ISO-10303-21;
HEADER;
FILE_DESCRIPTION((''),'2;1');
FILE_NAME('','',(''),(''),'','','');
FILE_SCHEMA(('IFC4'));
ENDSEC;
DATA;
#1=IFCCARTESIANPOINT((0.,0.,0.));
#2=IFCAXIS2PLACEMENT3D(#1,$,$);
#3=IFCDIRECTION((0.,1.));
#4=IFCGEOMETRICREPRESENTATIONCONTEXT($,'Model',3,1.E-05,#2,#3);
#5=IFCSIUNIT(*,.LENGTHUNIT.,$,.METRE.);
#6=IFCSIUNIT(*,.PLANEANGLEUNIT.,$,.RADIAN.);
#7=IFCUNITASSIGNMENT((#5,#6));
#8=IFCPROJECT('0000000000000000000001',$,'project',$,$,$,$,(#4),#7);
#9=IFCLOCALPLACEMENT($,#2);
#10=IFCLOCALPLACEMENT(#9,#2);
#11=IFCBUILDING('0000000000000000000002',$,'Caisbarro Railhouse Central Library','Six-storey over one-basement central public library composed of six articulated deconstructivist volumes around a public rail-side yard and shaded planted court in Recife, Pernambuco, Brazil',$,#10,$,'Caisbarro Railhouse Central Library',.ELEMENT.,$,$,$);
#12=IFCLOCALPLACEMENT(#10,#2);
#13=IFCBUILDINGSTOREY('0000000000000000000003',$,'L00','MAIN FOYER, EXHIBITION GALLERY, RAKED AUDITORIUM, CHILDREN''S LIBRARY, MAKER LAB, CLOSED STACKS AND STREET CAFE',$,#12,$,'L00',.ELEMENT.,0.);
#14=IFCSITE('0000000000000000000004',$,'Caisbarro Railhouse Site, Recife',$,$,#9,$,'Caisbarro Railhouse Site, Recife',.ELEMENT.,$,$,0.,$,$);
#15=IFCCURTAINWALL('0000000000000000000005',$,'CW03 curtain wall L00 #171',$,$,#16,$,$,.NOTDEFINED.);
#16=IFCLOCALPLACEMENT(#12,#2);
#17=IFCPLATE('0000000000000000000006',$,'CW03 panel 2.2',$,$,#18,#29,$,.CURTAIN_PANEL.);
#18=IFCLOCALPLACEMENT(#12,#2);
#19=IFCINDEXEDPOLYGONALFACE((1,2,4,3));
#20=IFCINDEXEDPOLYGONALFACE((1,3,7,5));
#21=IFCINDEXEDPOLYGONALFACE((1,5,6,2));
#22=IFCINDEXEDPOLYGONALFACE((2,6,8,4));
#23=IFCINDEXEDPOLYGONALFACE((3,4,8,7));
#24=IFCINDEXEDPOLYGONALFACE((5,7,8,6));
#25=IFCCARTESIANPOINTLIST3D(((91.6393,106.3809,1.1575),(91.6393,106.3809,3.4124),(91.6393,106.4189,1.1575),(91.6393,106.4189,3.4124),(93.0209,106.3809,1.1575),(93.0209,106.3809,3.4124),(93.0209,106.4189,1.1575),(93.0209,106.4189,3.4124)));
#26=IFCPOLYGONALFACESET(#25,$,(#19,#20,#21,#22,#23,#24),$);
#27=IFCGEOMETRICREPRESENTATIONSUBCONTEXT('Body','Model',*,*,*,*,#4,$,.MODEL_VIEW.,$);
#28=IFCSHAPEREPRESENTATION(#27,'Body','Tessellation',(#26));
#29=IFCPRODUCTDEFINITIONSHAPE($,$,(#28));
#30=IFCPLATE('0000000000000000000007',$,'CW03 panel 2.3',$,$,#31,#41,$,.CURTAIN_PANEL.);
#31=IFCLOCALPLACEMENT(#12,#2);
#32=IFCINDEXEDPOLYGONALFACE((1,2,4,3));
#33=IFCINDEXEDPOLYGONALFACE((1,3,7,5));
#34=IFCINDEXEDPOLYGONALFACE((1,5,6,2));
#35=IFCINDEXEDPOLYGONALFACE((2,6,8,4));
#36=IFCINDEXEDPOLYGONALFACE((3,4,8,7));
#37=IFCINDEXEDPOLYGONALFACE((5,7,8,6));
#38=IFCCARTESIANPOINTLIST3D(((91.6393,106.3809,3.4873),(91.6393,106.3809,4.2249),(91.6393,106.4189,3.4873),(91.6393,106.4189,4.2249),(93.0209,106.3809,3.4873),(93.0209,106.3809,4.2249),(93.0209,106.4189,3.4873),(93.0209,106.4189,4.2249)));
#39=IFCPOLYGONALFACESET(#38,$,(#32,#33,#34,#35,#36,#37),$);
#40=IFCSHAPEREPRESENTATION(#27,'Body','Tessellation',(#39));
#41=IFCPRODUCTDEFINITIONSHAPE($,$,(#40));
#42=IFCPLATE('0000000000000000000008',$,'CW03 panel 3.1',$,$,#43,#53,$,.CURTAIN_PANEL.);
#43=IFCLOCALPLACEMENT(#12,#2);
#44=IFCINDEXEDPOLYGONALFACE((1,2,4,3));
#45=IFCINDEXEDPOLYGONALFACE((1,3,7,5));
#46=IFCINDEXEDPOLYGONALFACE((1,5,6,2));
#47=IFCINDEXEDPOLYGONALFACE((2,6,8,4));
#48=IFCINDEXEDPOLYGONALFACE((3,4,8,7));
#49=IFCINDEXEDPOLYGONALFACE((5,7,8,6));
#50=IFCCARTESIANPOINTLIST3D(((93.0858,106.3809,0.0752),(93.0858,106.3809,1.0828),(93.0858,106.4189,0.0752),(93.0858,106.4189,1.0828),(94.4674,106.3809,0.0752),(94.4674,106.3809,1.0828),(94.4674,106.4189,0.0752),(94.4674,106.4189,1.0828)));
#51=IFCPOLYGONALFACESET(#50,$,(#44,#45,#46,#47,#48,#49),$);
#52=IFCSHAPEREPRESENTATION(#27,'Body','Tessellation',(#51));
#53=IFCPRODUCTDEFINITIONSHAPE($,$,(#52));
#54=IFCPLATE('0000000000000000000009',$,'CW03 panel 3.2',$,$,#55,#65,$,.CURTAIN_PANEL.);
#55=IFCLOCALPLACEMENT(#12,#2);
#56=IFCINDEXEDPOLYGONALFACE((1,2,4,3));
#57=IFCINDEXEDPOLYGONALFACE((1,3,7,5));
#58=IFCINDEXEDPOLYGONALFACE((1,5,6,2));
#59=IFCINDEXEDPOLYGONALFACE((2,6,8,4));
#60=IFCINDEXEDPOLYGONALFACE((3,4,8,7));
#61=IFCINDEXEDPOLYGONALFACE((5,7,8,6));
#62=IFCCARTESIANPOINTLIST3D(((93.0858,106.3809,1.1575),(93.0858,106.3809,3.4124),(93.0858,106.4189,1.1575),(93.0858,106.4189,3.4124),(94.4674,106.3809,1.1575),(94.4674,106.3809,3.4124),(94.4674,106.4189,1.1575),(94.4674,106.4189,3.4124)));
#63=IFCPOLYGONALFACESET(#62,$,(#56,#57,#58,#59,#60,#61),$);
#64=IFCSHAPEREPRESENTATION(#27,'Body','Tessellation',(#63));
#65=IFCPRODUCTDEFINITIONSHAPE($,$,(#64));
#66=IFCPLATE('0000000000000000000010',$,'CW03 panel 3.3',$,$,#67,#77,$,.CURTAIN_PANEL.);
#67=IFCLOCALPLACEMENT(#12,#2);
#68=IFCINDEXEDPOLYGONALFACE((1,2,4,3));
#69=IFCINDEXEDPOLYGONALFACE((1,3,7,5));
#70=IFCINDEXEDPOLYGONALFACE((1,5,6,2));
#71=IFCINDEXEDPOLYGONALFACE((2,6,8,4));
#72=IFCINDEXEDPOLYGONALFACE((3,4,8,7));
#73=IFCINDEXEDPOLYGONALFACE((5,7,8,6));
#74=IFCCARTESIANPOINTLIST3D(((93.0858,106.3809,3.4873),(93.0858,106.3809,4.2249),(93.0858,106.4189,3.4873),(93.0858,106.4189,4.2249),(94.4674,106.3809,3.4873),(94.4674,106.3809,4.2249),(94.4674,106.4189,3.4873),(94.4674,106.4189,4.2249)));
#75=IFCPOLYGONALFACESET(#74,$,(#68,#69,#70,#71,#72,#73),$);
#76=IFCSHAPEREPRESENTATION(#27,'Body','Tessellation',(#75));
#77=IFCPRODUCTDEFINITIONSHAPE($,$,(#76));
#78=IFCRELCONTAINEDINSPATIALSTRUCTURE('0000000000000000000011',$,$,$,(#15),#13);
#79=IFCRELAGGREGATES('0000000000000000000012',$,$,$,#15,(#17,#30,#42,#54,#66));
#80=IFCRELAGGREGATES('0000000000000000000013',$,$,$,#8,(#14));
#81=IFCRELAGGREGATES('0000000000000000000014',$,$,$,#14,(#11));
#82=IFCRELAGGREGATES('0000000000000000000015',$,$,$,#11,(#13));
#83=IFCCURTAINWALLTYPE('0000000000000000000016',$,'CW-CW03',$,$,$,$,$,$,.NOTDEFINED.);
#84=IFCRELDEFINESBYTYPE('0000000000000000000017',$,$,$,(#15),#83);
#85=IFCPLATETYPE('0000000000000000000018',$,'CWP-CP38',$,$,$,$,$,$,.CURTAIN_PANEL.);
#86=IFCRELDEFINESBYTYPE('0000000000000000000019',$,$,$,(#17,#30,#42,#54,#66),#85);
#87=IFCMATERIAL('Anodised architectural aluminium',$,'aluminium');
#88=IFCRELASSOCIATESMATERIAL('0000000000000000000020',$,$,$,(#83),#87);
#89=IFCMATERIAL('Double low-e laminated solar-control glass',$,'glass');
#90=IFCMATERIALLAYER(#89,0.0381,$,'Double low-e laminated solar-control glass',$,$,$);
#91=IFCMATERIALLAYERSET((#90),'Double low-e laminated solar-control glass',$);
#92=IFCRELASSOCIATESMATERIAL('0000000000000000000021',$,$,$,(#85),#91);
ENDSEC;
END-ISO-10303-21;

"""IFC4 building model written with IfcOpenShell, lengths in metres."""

from ifc_helpers import new_model, si_unit, direction, frame, origin, origin_2d, place, context, subcontext, project, spatial, rectangle, extrude, material, layer, layer_set, type_object, element, aggregate, save


model = new_model("IFC4")

# Units and contexts
model_context = context("Model", 3, precision=1e-05, world=origin(), true_north=direction((0.0, 1.0)))
body_context = subcontext(model_context, "Body", "Model", "MODEL_VIEW")
ifc_project = project(units=[si_unit("LENGTHUNIT", "METRE"), si_unit("PLANEANGLEUNIT", "RADIAN")], contexts=[model_context])

# Site, building, storey
site_placement = place(None, origin())
site = spatial("IfcSite", under=ifc_project, at=site_placement, Name="Caisbarro Railhouse Site, Recife", LongName="Caisbarro Railhouse Site, Recife", CompositionType="ELEMENT", RefElevation=0.0)
building_placement = place(site_placement, origin())
building = spatial("IfcBuilding", under=site, at=building_placement, Name="Caisbarro Railhouse Central Library", Description="Six-storey over one-basement central public library composed of six articulated deconstructivist volumes around a public rail-side yard and shaded planted court in Recife, Pernambuco, Brazil", LongName="Caisbarro Railhouse Central Library", CompositionType="ELEMENT")
storey_placement = place(building_placement, origin())
storey = spatial("IfcBuildingStorey", under=building, at=storey_placement, Name="L00", Description="MAIN FOYER, EXHIBITION GALLERY, RAKED AUDITORIUM, CHILDREN'S LIBRARY, MAKER LAB, CLOSED STACKS AND STREET CAFE", LongName="L00", CompositionType="ELEMENT", Elevation=0.0)

# Curtain wall, plates
ifc_material_1 = material(Name="Anodised architectural aluminium", Category="aluminium")
curtain_wall_type = type_object("IfcCurtainWallType", Name="CW-CW03", PredefinedType="NOTDEFINED", material=ifc_material_1)
curtain_wall_placement = place(storey_placement, origin())
curtain_wall = element("IfcCurtainWall", 1, at=curtain_wall_placement, inside=storey, type_object=curtain_wall_type, Name="CW03 curtain wall L00 #171", PredefinedType="NOTDEFINED")
ifc_material_2 = material(Name="Double low-e laminated solar-control glass", Category="glass")
ifc_layer = layer(ifc_material_2, 0.0381, Name="Double low-e laminated solar-control glass")
ifc_layer_set = layer_set([ifc_layer], Name="Double low-e laminated solar-control glass")
plate_type = type_object("IfcPlateType", Name="CWP-CP38", PredefinedType="CURTAIN_PANEL", material=ifc_layer_set)
plate_1_placement = place(storey_placement, frame((92.3301, 106.3999, 1.1575), z_axis=(0.0, 0.0, 1.0), x_axis=(1.0, 0.0, 0.0)))
plate_1 = element("IfcPlate", 2, at=plate_1_placement, type_object=plate_type, Name="CW03 panel 2.2", PredefinedType="CURTAIN_PANEL", context=body_context, shape_type="SweptSolid", body=[
    extrude(rectangle(XDim=1.3816, YDim=0.0381, at=origin_2d()), origin(), (0.0, 0.0, 1.0), 2.2549),
])
plate_2_placement = place(storey_placement, frame((92.3301, 106.3999, 3.4873), z_axis=(0.0, 0.0, 1.0), x_axis=(1.0, 0.0, 0.0)))
plate_2 = element("IfcPlate", 3, at=plate_2_placement, type_object=plate_type, Name="CW03 panel 2.3", PredefinedType="CURTAIN_PANEL", context=body_context, shape_type="SweptSolid", body=[
    extrude(rectangle(XDim=1.3816, YDim=0.0381, at=origin_2d()), origin(), (0.0, 0.0, 1.0), 0.7375),
])
plate_3_placement = place(storey_placement, frame((93.7766, 106.3999, 0.0752), z_axis=(0.0, 0.0, 1.0), x_axis=(1.0, 0.0, 0.0)))
plate_3 = element("IfcPlate", 4, at=plate_3_placement, type_object=plate_type, Name="CW03 panel 3.1", PredefinedType="CURTAIN_PANEL", context=body_context, shape_type="SweptSolid", body=[
    extrude(rectangle(XDim=1.3816, YDim=0.0381, at=origin_2d()), origin(), (0.0, 0.0, 1.0), 1.0076),
])
plate_4_placement = place(storey_placement, frame((93.7766, 106.3999, 1.1575), z_axis=(0.0, 0.0, 1.0), x_axis=(1.0, 0.0, 0.0)))
plate_4 = element("IfcPlate", 5, at=plate_4_placement, type_object=plate_type, Name="CW03 panel 3.2", PredefinedType="CURTAIN_PANEL", context=body_context, shape_type="SweptSolid", body=[
    extrude(rectangle(XDim=1.3816, YDim=0.0381, at=origin_2d()), origin(), (0.0, 0.0, 1.0), 2.2549),
])
plate_5_placement = place(storey_placement, frame((93.7766, 106.3999, 3.4873), z_axis=(0.0, 0.0, 1.0), x_axis=(1.0, 0.0, 0.0)))
plate_5 = element("IfcPlate", 6, at=plate_5_placement, type_object=plate_type, Name="CW03 panel 3.3", PredefinedType="CURTAIN_PANEL", context=body_context, shape_type="SweptSolid", body=[
    extrude(rectangle(XDim=1.3816, YDim=0.0381, at=origin_2d()), origin(), (0.0, 0.0, 1.0), 0.7375),
])
aggregate(curtain_wall, [plate_1, plate_2, plate_3, plate_4, plate_5])

save(model, "model.ifc")
